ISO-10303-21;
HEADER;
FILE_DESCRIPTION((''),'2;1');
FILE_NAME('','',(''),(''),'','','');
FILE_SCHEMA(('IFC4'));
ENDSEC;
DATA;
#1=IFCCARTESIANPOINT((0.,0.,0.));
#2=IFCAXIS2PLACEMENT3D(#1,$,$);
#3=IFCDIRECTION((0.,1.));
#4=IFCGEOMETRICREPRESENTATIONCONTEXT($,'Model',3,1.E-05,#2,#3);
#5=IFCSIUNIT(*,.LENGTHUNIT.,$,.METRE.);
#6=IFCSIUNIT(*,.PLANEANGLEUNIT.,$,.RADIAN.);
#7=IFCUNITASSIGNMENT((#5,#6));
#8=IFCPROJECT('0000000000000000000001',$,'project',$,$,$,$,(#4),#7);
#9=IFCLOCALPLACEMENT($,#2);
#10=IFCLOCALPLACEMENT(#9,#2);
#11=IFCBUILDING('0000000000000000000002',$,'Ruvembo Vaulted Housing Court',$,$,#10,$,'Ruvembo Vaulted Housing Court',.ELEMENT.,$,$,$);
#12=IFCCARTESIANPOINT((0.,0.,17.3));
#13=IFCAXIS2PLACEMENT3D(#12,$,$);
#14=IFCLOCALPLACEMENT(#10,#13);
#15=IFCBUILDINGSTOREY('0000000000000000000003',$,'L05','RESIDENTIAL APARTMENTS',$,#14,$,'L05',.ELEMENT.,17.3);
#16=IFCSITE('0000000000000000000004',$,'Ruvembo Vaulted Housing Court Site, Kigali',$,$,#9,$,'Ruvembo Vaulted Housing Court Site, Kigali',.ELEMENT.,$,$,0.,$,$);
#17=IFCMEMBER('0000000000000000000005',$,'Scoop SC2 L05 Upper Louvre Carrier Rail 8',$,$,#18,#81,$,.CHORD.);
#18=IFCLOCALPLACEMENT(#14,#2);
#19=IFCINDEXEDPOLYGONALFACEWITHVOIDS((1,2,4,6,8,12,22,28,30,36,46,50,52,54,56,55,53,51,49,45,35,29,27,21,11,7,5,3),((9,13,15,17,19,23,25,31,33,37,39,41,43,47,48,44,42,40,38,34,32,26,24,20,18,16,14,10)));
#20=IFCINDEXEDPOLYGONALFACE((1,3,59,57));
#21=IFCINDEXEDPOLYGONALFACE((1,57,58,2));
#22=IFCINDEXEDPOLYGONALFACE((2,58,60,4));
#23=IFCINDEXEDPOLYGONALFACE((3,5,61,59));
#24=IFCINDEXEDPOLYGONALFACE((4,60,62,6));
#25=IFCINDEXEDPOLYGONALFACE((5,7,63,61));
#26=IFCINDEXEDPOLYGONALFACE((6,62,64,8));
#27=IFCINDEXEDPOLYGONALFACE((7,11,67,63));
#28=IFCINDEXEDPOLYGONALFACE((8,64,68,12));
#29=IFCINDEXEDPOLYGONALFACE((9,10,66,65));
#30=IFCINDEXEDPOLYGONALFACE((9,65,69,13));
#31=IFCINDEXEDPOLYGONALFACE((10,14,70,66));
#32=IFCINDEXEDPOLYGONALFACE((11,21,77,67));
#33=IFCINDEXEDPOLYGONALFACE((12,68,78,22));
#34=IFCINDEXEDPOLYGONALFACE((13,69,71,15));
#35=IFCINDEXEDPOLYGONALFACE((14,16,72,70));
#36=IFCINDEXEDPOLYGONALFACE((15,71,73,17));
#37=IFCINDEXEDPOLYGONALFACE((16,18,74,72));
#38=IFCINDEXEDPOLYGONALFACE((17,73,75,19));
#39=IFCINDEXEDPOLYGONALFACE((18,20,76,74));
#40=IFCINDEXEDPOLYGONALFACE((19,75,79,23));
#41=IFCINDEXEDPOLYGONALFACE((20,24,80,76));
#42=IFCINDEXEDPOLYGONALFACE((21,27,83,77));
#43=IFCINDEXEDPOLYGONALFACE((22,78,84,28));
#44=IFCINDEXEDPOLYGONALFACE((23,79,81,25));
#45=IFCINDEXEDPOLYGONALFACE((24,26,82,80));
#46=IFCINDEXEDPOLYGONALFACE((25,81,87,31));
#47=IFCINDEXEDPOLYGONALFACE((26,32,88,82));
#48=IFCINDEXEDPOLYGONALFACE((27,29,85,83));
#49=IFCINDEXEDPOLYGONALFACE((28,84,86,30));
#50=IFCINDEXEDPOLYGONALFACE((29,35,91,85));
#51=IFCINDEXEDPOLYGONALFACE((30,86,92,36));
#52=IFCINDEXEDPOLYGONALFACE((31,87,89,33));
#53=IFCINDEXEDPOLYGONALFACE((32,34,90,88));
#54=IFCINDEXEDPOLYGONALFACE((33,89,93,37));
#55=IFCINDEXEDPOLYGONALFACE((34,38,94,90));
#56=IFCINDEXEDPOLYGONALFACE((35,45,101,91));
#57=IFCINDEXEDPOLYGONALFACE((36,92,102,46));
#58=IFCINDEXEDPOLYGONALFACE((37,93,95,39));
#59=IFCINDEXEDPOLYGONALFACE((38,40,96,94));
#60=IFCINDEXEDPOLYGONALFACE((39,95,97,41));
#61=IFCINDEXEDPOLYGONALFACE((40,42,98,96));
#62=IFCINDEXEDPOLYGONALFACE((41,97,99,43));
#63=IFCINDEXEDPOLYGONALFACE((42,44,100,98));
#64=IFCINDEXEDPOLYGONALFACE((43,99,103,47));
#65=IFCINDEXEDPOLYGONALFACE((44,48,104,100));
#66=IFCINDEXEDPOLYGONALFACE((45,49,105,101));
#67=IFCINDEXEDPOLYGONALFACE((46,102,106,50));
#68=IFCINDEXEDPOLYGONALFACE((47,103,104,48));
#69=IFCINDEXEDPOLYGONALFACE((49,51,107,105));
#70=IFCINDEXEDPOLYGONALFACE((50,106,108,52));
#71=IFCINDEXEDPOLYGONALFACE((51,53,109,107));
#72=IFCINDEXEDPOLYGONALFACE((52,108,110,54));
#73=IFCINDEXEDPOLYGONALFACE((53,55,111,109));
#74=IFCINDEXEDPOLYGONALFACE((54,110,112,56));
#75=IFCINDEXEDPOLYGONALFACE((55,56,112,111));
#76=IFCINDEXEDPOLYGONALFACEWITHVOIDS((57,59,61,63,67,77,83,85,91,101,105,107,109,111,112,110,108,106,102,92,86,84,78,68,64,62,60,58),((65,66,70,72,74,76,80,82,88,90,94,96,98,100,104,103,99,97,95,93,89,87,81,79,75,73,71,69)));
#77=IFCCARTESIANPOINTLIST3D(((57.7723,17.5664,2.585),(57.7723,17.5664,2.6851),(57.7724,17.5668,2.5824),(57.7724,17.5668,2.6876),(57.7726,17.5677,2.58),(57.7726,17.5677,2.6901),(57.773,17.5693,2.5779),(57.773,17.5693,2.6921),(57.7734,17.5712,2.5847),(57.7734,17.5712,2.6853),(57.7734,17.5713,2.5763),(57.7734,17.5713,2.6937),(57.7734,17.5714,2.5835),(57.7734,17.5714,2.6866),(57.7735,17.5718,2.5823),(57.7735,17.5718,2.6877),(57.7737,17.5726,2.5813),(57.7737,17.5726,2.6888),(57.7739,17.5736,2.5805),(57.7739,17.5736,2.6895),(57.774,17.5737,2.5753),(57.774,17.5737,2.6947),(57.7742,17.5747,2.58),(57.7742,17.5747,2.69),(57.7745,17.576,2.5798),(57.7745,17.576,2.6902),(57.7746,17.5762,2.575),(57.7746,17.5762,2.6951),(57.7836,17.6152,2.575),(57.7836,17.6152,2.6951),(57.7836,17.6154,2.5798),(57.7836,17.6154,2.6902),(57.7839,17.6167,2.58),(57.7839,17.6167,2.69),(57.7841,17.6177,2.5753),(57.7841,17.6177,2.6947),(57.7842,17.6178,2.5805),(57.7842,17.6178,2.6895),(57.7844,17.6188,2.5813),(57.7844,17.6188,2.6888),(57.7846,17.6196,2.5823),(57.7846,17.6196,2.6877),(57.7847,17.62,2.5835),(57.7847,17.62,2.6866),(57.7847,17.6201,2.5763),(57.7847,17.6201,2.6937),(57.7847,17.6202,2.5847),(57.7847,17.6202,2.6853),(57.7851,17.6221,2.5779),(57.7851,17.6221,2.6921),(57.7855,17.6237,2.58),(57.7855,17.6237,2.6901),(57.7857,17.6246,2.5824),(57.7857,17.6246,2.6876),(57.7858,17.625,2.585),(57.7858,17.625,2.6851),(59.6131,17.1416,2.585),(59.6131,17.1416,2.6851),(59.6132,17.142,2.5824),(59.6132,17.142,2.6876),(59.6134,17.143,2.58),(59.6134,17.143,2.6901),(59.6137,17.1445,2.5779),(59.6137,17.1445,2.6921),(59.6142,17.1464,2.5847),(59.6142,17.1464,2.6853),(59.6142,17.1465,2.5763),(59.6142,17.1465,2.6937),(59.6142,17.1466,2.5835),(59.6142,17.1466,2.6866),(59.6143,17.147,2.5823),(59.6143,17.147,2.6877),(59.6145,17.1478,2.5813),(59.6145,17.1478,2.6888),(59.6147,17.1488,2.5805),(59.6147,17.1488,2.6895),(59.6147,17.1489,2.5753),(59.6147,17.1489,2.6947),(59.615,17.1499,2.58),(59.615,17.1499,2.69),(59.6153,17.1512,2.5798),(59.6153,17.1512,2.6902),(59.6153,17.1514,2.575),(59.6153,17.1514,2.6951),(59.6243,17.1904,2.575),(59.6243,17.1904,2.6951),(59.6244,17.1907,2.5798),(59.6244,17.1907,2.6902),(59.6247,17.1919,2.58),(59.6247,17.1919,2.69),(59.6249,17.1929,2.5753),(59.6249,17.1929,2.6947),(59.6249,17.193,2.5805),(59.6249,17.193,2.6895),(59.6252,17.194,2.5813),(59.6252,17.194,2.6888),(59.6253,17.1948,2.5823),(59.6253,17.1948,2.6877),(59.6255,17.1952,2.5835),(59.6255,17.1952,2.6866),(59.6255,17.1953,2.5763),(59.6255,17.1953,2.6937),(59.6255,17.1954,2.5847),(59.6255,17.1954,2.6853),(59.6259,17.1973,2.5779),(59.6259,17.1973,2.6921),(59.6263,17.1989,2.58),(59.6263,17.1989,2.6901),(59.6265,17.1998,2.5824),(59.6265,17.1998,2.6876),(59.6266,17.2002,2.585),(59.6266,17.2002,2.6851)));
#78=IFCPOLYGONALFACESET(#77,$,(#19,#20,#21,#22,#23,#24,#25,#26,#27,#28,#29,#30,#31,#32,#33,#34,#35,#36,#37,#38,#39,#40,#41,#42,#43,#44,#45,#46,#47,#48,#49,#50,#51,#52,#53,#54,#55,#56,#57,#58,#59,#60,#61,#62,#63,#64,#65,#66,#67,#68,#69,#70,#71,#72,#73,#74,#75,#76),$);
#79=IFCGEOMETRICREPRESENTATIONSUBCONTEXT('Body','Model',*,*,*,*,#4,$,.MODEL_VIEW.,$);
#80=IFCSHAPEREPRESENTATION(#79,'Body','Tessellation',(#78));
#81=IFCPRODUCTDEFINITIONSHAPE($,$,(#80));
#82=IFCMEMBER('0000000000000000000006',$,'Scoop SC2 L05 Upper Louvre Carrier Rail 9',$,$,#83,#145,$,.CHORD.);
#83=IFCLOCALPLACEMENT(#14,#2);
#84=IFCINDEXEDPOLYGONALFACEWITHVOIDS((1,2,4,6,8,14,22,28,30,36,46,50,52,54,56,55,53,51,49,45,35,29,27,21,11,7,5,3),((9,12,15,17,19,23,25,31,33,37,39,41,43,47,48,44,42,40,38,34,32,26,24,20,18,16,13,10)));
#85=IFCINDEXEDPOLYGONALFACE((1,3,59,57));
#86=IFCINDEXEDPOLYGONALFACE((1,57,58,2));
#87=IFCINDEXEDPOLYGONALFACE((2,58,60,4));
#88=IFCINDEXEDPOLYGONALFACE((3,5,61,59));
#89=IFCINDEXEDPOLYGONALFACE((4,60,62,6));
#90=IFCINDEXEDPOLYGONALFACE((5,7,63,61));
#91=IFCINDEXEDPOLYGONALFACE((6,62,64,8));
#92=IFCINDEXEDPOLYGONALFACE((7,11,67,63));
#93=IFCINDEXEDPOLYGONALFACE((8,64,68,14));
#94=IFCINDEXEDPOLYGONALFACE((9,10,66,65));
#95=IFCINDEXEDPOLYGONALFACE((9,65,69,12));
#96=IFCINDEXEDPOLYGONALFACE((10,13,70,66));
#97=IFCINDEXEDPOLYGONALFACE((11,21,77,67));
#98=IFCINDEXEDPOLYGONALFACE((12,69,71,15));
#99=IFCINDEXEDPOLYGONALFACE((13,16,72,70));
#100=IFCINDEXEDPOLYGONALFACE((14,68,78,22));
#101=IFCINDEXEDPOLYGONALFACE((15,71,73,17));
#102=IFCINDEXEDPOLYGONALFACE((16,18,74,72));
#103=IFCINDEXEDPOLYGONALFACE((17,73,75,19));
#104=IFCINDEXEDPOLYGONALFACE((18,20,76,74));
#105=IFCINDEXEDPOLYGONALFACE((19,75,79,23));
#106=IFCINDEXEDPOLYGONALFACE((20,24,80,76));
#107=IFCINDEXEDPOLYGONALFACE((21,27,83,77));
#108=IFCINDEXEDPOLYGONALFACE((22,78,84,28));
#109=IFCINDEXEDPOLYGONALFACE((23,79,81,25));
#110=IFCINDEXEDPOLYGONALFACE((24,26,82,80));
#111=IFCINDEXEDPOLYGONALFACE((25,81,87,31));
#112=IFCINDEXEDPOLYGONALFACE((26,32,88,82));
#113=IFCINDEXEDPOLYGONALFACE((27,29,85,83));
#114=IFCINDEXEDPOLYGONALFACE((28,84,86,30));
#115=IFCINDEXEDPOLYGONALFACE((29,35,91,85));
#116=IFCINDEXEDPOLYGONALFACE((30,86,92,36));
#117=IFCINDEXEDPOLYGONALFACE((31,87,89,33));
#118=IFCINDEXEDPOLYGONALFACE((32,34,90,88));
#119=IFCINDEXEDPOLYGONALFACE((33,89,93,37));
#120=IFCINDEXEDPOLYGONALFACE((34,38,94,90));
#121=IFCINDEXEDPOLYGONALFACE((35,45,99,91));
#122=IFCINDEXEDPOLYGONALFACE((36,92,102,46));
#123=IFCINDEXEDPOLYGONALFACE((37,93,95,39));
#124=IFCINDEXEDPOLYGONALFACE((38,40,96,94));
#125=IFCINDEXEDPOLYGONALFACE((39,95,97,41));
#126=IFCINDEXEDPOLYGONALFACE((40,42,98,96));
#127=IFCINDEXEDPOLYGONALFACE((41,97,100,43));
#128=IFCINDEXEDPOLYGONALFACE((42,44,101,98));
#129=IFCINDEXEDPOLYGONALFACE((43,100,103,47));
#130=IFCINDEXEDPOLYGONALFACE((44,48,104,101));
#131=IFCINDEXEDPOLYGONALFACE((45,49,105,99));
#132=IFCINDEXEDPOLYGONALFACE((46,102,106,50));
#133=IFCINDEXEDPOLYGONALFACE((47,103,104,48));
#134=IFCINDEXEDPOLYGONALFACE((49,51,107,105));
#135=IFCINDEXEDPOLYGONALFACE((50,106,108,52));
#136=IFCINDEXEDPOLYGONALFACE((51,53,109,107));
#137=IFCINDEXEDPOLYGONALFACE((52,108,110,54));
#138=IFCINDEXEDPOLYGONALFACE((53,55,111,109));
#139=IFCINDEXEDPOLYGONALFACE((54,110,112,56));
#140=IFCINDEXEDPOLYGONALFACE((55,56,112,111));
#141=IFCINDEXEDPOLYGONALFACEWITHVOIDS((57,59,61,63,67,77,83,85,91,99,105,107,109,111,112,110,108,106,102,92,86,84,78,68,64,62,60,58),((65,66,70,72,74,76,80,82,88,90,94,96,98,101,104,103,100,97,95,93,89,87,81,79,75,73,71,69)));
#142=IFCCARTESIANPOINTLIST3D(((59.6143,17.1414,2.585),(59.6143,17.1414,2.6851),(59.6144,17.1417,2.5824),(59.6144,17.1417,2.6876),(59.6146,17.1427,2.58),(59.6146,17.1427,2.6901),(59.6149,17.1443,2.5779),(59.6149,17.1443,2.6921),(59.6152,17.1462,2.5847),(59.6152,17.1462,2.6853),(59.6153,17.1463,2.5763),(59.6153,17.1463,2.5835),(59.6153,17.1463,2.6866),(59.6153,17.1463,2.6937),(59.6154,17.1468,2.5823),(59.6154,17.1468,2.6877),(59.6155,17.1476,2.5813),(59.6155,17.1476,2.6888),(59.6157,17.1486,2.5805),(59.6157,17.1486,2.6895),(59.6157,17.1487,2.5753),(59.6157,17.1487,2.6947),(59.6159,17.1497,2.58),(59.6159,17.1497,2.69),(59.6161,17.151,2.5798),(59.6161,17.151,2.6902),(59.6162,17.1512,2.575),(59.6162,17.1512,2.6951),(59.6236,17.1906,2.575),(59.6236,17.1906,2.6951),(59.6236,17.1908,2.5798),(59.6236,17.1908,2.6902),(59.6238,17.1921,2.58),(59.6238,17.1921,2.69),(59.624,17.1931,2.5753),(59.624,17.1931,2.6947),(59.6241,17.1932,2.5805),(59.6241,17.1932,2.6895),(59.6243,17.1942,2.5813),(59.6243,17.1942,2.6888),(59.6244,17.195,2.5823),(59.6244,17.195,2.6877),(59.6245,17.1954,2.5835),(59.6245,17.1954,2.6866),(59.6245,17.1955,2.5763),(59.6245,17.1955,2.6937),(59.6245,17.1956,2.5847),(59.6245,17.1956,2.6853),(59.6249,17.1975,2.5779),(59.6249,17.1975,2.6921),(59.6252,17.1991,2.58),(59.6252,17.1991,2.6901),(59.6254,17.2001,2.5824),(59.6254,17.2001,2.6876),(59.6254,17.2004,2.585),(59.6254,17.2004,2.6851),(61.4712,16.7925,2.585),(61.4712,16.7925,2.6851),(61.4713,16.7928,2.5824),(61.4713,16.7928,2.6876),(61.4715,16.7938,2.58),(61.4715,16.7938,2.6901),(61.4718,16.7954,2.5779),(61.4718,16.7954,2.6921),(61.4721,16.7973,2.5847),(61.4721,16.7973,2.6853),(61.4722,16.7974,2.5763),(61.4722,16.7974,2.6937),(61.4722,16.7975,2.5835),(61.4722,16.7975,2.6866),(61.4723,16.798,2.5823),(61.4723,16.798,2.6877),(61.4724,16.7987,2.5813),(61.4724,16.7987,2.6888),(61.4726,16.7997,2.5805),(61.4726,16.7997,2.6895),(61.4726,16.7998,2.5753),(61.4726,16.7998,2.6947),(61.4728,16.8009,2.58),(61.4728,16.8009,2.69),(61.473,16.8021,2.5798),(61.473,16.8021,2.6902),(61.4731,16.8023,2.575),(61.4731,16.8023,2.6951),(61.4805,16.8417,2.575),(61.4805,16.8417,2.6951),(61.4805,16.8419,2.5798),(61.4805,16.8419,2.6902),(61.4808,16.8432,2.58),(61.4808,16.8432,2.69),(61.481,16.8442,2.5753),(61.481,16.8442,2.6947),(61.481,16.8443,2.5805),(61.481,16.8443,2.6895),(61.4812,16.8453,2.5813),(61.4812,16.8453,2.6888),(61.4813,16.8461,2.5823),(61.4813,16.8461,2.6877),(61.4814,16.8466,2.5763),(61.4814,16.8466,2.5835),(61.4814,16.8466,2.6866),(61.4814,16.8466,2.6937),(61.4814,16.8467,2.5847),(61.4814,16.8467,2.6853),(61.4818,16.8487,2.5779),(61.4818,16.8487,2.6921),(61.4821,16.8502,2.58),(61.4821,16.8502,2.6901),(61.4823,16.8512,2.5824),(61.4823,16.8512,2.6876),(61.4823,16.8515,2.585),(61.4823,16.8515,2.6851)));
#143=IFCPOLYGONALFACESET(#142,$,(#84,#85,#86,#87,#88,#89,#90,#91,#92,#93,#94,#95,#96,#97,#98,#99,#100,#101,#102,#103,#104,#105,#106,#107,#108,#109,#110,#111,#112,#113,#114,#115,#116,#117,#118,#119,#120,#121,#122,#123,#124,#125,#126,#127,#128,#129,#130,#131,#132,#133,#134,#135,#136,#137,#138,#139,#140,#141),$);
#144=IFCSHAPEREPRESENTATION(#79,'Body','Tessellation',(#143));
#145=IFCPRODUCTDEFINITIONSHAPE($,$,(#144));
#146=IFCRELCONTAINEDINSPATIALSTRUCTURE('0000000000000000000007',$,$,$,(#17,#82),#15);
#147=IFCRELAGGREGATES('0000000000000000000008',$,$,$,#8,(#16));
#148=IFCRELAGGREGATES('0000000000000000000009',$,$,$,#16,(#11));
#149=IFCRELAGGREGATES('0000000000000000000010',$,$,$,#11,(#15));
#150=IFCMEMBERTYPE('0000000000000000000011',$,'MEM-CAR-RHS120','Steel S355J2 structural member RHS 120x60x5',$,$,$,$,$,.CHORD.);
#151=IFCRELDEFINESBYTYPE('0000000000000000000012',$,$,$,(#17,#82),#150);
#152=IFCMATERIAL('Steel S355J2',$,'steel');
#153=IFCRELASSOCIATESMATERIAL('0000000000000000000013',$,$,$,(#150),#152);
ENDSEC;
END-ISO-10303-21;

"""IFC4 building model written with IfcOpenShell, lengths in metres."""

from ifc_helpers import new_model, si_unit, direction, frame, origin, origin_2d, place, context, subcontext, project, spatial, hollow_rectangle, extrude, material, material_profile, profile_set, type_object, element, save


model = new_model("IFC4")

# Units and contexts
model_context = context("Model", 3, precision=1e-05, world=origin(), true_north=direction((0.0, 1.0)))
body_context = subcontext(model_context, "Body", "Model", "MODEL_VIEW")
ifc_project = project(units=[si_unit("LENGTHUNIT", "METRE"), si_unit("PLANEANGLEUNIT", "RADIAN")], contexts=[model_context])

# Site, building, storey
site_placement = place(None, origin())
site = spatial("IfcSite", under=ifc_project, at=site_placement, Name="Ruvembo Vaulted Housing Court Site, Kigali", LongName="Ruvembo Vaulted Housing Court Site, Kigali", CompositionType="ELEMENT", RefElevation=0.0)
building_placement = place(site_placement, origin())
building = spatial("IfcBuilding", under=site, at=building_placement, Name="Ruvembo Vaulted Housing Court", LongName="Ruvembo Vaulted Housing Court", CompositionType="ELEMENT")
storey_placement = place(building_placement, frame((0.0, 0.0, 17.3)))
storey = spatial("IfcBuildingStorey", under=building, at=storey_placement, Name="L05", Description="RESIDENTIAL APARTMENTS", LongName="L05", CompositionType="ELEMENT", Elevation=17.3)

# Shared definitions
ifc_material_1 = material(Name="Steel S355J2", Category="steel")

# Members
ifc_material_profile_1 = material_profile(ifc_material_1, hollow_rectangle(XDim=0.0601, YDim=0.1201, WallThickness=0.0049, InnerFilletRadius=0.0049, OuterFilletRadius=0.01, at=origin_2d()), Name="RHS 120x60x5")
ifc_profile_set_1 = profile_set([ifc_material_profile_1], Name="Steel S355J2")
member_type_1 = type_object("IfcMemberType", Name="MEM-CAR-RHS120", Description="Steel S355J2 structural member RHS 120x60x5", PredefinedType="CHORD", material=ifc_profile_set_1)
member_1_placement = place(storey_placement, frame((57.7791, 17.5957, 2.635), z_axis=(0.974391, -0.22486, 0.0), x_axis=(0.22486, 0.974391, 0.0)))
element("IfcMember", 1, at=member_1_placement, inside=storey, type_object=member_type_1, Name="Scoop SC2 L05 Upper Louvre Carrier Rail 8", PredefinedType="CHORD", context=body_context, shape_type="SweptSolid", body=[
    extrude(hollow_rectangle(XDim=0.0601, YDim=0.1201, WallThickness=0.0049, InnerFilletRadius=0.0049, OuterFilletRadius=0.01, at=origin_2d()), origin(), (0.0, 0.0, 1.0), 1.8892),
])
member_2_placement = place(storey_placement, frame((59.6199, 17.1709, 2.635), z_axis=(0.982805, -0.184647, 0.0), x_axis=(0.184647, 0.982805, 0.0)))
element("IfcMember", 2, at=member_2_placement, inside=storey, type_object=member_type_1, Name="Scoop SC2 L05 Upper Louvre Carrier Rail 9", PredefinedType="CHORD", context=body_context, shape_type="SweptSolid", body=[
    extrude(hollow_rectangle(XDim=0.0601, YDim=0.1201, WallThickness=0.0049, InnerFilletRadius=0.0049, OuterFilletRadius=0.01, at=origin_2d()), origin(), (0.0, 0.0, 1.0), 1.8894),
])

save(model, "model.ifc")
